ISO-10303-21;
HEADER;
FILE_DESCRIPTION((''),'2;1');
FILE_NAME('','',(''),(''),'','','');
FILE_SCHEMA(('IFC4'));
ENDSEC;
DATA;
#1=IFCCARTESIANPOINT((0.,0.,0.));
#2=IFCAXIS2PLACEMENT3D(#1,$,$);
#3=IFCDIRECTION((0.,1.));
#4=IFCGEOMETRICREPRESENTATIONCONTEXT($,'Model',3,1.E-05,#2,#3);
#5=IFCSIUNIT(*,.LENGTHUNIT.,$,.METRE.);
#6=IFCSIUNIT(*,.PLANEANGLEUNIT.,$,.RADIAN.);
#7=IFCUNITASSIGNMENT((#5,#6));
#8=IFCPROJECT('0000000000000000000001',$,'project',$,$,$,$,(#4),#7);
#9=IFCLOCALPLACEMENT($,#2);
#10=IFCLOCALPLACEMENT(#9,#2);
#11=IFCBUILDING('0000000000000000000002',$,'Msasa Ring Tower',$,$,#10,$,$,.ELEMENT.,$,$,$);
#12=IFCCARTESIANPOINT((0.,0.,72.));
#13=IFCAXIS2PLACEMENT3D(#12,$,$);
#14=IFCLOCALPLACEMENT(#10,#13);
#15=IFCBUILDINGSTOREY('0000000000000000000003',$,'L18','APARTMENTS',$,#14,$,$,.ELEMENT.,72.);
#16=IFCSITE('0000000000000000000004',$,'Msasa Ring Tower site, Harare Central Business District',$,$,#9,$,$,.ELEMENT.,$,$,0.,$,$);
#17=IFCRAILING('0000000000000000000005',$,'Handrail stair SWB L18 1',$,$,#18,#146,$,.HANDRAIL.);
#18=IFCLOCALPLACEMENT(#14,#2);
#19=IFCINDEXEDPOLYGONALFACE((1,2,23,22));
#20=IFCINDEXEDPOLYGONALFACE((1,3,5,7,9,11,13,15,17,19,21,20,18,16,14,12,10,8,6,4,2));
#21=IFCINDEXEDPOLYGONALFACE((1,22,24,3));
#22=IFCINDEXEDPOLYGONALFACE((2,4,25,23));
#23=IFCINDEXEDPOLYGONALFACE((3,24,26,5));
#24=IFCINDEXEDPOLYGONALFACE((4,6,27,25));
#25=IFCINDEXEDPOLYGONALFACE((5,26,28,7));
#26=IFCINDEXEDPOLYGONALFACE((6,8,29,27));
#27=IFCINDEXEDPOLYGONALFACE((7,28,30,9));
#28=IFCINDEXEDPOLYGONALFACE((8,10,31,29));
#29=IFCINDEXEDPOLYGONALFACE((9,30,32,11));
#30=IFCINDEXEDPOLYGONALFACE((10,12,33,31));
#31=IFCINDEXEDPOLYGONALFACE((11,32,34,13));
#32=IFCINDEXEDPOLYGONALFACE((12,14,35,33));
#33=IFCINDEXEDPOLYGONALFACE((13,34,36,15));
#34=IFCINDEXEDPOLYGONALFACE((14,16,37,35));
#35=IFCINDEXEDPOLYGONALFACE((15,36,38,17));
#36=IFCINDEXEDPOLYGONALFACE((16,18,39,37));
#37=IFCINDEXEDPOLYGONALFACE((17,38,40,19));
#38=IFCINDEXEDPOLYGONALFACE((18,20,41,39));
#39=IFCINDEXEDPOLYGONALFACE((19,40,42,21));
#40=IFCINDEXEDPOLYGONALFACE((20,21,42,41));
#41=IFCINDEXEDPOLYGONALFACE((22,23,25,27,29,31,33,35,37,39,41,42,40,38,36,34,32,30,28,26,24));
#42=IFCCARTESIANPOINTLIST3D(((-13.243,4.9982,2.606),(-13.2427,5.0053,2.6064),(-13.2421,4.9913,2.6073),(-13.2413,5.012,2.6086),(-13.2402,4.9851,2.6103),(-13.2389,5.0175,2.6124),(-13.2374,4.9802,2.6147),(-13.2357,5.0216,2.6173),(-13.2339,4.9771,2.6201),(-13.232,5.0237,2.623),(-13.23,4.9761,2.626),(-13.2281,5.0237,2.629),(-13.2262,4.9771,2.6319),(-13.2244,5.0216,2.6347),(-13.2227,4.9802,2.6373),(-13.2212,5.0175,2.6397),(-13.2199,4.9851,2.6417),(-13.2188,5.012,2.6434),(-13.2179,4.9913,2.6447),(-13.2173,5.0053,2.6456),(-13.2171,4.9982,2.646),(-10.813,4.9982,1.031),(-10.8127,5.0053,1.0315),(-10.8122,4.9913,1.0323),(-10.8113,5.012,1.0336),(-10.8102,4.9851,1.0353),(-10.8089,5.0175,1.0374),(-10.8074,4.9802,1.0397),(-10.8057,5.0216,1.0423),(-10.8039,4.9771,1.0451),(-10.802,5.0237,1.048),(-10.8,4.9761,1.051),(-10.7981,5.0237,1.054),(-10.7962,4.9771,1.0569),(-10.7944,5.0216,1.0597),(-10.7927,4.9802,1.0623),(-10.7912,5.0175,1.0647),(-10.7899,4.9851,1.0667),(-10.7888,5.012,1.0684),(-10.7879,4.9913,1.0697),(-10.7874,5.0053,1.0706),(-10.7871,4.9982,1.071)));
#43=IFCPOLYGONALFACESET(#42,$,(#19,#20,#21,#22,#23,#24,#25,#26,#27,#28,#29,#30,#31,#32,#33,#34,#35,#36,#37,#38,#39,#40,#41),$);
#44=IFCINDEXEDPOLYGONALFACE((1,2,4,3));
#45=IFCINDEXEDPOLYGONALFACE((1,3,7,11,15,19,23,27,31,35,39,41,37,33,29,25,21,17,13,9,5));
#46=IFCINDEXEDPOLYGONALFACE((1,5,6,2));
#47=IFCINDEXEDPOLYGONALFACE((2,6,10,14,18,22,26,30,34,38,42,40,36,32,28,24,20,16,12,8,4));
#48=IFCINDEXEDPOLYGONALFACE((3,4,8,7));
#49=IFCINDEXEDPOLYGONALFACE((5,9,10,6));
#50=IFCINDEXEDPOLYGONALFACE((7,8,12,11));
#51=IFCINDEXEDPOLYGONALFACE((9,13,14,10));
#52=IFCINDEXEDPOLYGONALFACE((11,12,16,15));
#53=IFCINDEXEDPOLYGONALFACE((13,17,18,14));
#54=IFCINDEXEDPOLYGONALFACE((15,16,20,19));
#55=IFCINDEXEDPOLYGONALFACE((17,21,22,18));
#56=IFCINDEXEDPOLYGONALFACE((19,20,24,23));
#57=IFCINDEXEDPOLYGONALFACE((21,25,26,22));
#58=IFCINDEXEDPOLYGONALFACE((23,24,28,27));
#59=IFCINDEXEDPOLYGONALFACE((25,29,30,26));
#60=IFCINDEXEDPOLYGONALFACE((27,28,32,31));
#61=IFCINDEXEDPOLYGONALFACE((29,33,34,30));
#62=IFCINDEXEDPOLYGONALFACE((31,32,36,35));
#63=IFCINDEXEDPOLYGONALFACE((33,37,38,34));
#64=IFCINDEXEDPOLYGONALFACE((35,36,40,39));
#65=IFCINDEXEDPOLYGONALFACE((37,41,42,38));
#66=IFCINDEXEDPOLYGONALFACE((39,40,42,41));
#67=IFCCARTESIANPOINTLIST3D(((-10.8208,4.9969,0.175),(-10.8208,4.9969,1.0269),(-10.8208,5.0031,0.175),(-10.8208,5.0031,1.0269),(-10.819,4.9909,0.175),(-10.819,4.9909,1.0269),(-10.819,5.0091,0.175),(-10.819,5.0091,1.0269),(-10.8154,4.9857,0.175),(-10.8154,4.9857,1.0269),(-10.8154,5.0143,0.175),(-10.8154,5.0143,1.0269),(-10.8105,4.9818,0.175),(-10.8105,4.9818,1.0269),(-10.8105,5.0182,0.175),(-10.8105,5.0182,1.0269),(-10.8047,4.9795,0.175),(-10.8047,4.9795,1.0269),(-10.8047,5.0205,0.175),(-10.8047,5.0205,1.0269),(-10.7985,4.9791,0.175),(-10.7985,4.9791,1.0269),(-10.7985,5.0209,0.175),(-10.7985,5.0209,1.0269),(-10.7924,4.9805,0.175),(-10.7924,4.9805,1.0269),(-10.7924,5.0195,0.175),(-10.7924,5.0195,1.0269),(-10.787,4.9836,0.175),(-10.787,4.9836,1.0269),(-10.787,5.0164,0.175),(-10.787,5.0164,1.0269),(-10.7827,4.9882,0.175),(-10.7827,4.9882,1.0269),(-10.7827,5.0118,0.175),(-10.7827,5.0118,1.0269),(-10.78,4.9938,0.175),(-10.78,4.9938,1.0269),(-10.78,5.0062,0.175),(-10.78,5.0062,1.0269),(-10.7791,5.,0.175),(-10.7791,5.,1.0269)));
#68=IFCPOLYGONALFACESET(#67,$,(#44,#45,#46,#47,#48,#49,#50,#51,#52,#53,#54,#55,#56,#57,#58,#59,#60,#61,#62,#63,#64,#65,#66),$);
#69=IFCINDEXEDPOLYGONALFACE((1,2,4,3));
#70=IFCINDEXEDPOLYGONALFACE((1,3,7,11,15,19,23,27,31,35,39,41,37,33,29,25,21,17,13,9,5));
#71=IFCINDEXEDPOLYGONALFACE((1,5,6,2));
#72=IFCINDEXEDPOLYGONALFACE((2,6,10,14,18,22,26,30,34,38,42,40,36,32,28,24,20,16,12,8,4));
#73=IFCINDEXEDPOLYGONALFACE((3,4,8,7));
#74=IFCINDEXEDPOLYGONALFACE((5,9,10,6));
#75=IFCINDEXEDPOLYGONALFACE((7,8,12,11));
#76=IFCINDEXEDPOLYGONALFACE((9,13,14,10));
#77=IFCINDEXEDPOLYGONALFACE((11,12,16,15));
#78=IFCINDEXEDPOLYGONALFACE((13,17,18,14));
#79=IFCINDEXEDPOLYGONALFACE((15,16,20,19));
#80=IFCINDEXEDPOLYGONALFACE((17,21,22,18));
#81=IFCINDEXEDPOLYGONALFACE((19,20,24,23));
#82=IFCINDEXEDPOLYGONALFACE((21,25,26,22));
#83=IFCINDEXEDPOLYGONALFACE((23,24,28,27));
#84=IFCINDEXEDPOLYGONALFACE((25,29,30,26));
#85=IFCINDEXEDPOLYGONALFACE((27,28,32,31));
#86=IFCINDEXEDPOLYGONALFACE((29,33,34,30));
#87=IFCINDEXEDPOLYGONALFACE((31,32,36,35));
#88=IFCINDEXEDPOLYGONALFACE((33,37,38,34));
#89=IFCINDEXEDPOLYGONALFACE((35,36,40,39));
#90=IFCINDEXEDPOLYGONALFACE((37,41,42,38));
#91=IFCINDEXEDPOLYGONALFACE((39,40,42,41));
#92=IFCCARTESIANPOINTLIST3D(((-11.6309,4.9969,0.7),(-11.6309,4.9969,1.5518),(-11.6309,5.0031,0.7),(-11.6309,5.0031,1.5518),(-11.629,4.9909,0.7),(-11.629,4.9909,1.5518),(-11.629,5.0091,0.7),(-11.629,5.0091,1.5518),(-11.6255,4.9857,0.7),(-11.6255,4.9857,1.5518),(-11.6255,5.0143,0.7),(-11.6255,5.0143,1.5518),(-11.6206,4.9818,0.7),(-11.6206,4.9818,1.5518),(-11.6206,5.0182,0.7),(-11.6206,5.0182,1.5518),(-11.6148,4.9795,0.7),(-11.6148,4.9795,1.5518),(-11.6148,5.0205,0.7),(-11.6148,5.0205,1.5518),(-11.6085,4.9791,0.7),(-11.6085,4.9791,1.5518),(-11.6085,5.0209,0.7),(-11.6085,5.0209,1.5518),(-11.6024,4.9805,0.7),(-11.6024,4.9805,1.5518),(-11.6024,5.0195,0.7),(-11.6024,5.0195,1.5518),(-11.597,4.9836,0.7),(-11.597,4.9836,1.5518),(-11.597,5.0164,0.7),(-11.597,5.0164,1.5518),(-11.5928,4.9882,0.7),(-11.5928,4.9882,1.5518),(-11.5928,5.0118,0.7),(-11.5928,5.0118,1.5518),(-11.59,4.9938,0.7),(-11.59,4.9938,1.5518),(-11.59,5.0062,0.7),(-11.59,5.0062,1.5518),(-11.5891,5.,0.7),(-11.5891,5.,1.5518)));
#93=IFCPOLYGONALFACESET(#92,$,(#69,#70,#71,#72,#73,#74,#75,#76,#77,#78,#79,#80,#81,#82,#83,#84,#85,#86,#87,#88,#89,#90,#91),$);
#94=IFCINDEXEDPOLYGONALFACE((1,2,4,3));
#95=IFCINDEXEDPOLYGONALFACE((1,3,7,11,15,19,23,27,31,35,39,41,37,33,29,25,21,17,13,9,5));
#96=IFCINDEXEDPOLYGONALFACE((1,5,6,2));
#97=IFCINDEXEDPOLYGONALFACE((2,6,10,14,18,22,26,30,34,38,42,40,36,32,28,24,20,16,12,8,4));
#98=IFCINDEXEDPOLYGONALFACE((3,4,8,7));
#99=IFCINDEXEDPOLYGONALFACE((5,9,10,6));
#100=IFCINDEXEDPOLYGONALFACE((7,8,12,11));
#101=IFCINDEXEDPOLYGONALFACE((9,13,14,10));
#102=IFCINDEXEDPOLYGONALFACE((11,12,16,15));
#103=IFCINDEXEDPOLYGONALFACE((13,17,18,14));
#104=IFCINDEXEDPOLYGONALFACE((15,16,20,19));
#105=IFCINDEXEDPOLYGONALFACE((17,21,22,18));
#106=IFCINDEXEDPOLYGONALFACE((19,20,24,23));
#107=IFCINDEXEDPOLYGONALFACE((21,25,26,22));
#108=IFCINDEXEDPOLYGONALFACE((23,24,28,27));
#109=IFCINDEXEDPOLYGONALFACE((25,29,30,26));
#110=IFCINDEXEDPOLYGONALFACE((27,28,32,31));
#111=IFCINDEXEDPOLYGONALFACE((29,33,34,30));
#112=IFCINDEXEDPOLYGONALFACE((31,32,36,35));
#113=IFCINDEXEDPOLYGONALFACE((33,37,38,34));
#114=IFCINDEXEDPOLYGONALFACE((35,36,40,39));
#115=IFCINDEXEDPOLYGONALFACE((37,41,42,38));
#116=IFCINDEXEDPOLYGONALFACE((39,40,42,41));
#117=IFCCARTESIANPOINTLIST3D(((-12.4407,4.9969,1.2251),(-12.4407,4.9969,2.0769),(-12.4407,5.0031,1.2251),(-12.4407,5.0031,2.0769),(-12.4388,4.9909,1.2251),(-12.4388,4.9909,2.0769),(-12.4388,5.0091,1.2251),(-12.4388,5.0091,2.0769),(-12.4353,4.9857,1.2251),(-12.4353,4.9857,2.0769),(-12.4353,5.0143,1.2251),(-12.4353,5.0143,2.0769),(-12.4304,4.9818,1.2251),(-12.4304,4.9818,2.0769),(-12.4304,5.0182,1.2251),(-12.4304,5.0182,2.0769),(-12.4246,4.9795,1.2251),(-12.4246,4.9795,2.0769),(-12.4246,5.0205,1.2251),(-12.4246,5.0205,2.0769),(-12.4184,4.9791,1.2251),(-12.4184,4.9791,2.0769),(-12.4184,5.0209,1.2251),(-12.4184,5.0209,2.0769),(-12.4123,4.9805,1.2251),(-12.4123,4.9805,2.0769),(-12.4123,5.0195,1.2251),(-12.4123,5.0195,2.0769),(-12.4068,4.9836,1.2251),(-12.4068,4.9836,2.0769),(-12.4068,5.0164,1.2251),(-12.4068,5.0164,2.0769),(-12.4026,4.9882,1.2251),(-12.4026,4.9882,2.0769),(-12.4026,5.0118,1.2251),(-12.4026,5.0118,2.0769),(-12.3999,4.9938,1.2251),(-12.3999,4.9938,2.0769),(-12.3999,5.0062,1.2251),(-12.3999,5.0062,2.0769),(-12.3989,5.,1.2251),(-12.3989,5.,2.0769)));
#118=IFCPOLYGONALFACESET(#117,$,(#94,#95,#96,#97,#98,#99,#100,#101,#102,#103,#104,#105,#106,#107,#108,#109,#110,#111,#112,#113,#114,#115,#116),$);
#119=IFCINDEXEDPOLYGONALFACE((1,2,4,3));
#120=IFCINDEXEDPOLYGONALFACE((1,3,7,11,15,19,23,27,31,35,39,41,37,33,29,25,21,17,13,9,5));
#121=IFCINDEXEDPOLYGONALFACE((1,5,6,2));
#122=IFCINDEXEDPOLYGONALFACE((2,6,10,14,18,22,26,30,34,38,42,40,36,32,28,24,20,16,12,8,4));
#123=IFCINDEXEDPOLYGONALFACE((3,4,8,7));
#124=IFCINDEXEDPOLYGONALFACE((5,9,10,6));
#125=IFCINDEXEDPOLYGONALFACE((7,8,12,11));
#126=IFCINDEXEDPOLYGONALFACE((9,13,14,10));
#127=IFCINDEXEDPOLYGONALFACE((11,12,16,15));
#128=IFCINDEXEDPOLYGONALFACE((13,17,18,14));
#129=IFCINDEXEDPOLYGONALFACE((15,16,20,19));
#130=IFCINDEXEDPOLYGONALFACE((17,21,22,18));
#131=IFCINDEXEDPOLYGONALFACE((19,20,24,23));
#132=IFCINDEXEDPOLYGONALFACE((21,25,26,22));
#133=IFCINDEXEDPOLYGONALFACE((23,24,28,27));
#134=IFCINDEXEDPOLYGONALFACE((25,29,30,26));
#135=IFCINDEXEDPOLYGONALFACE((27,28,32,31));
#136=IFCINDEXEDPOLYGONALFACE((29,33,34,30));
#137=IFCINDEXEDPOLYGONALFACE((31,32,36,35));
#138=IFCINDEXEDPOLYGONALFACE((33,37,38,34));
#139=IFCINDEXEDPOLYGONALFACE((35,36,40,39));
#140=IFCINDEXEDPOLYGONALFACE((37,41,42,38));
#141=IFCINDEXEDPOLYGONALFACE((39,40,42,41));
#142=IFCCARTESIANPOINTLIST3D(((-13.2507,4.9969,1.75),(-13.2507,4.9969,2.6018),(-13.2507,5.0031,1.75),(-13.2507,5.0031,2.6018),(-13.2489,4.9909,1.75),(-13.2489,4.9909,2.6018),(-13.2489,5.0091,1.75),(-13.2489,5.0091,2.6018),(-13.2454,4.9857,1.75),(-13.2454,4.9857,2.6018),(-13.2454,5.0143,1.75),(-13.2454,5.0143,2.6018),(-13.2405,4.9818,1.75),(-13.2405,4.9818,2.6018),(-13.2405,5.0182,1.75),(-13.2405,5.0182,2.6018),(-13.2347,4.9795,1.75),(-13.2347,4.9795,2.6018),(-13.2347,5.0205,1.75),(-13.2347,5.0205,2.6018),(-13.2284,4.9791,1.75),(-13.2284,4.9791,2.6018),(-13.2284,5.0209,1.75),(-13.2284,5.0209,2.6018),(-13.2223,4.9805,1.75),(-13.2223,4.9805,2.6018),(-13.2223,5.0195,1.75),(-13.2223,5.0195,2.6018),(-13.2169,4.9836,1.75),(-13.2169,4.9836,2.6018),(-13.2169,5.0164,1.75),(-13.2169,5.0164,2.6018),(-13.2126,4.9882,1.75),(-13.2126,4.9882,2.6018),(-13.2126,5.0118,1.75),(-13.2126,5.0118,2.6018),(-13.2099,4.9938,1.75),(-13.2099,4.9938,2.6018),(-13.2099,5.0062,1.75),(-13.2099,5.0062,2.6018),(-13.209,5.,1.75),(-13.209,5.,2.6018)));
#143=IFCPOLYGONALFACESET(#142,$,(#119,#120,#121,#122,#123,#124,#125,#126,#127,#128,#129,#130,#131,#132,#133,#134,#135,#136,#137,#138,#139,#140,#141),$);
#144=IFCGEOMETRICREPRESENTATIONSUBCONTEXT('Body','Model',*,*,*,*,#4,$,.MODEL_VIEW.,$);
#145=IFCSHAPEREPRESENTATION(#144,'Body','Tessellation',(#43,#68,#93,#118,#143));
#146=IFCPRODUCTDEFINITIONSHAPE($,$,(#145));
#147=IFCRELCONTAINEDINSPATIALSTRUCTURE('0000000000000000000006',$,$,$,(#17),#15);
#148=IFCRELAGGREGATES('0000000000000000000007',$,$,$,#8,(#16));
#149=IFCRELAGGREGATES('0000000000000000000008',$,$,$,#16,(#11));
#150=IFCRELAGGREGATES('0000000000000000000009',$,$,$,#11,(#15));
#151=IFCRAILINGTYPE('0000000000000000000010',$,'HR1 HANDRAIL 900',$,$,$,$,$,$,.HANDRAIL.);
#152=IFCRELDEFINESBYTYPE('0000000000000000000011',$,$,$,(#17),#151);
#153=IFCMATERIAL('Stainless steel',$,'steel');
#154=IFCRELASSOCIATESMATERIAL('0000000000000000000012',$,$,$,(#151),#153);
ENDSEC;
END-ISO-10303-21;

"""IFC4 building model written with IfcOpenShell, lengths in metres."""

from ifc_helpers import new_model, si_unit, direction, frame, origin, origin_2d, place, context, subcontext, project, spatial, circle, extrude, material, type_object, element, save


model = new_model("IFC4")

# Units and contexts
model_context = context("Model", 3, precision=1e-05, world=origin(), true_north=direction((0.0, 1.0)))
body_context = subcontext(model_context, "Body", "Model", "MODEL_VIEW")
ifc_project = project(units=[si_unit("LENGTHUNIT", "METRE"), si_unit("PLANEANGLEUNIT", "RADIAN")], contexts=[model_context])

# Site, building, storey
site_placement = place(None, origin())
site = spatial("IfcSite", under=ifc_project, at=site_placement, Name="Msasa Ring Tower site, Harare Central Business District", CompositionType="ELEMENT", RefElevation=0.0)
building_placement = place(site_placement, origin())
building = spatial("IfcBuilding", under=site, at=building_placement, Name="Msasa Ring Tower", CompositionType="ELEMENT")
storey_placement = place(building_placement, frame((0.0, 0.0, 72.0)))
storey = spatial("IfcBuildingStorey", under=building, at=storey_placement, Name="L18", Description="APARTMENTS", CompositionType="ELEMENT", Elevation=72.0)

# Railing
ifc_material_1 = material(Name="Stainless steel", Category="steel")
railing_type = type_object("IfcRailingType", Name="HR1 HANDRAIL 900", PredefinedType="HANDRAIL", material=ifc_material_1)
for number, where, name in (
    (1, (-10.8, 5.0, 0.175), "Handrail stair SWB L18 1"),
):
    element("IfcRailing", number, at=place(storey_placement, frame(where)), inside=storey, type_object=railing_type, Name=name, PredefinedType="HANDRAIL", context=body_context, shape_type="SweptSolid", body=[
        extrude(circle(Radius=0.0239, at=origin_2d()), frame((0.0, 0.0, 0.876), z_axis=(-0.839154, 0.0, 0.543894), x_axis=(0.0, -1.0, 0.0)), (0.0, 0.0, 1.0), 2.8958),
        extrude(circle(Radius=0.021, at=origin_2d()), origin(), (0.0, 0.0, 1.0), 0.8518),
        extrude(circle(Radius=0.021, at=origin_2d()), frame((-0.8101, 0.0, 0.5249)), (0.0, 0.0, 1.0), 0.8518),
        extrude(circle(Radius=0.021, at=origin_2d()), frame((-1.6199, 0.0, 1.05)), (0.0, 0.0, 1.0), 0.8518),
        extrude(circle(Radius=0.021, at=origin_2d()), frame((-2.4299, 0.0, 1.575)), (0.0, 0.0, 1.0), 0.8518),
    ])

save(model, "model.ifc")
